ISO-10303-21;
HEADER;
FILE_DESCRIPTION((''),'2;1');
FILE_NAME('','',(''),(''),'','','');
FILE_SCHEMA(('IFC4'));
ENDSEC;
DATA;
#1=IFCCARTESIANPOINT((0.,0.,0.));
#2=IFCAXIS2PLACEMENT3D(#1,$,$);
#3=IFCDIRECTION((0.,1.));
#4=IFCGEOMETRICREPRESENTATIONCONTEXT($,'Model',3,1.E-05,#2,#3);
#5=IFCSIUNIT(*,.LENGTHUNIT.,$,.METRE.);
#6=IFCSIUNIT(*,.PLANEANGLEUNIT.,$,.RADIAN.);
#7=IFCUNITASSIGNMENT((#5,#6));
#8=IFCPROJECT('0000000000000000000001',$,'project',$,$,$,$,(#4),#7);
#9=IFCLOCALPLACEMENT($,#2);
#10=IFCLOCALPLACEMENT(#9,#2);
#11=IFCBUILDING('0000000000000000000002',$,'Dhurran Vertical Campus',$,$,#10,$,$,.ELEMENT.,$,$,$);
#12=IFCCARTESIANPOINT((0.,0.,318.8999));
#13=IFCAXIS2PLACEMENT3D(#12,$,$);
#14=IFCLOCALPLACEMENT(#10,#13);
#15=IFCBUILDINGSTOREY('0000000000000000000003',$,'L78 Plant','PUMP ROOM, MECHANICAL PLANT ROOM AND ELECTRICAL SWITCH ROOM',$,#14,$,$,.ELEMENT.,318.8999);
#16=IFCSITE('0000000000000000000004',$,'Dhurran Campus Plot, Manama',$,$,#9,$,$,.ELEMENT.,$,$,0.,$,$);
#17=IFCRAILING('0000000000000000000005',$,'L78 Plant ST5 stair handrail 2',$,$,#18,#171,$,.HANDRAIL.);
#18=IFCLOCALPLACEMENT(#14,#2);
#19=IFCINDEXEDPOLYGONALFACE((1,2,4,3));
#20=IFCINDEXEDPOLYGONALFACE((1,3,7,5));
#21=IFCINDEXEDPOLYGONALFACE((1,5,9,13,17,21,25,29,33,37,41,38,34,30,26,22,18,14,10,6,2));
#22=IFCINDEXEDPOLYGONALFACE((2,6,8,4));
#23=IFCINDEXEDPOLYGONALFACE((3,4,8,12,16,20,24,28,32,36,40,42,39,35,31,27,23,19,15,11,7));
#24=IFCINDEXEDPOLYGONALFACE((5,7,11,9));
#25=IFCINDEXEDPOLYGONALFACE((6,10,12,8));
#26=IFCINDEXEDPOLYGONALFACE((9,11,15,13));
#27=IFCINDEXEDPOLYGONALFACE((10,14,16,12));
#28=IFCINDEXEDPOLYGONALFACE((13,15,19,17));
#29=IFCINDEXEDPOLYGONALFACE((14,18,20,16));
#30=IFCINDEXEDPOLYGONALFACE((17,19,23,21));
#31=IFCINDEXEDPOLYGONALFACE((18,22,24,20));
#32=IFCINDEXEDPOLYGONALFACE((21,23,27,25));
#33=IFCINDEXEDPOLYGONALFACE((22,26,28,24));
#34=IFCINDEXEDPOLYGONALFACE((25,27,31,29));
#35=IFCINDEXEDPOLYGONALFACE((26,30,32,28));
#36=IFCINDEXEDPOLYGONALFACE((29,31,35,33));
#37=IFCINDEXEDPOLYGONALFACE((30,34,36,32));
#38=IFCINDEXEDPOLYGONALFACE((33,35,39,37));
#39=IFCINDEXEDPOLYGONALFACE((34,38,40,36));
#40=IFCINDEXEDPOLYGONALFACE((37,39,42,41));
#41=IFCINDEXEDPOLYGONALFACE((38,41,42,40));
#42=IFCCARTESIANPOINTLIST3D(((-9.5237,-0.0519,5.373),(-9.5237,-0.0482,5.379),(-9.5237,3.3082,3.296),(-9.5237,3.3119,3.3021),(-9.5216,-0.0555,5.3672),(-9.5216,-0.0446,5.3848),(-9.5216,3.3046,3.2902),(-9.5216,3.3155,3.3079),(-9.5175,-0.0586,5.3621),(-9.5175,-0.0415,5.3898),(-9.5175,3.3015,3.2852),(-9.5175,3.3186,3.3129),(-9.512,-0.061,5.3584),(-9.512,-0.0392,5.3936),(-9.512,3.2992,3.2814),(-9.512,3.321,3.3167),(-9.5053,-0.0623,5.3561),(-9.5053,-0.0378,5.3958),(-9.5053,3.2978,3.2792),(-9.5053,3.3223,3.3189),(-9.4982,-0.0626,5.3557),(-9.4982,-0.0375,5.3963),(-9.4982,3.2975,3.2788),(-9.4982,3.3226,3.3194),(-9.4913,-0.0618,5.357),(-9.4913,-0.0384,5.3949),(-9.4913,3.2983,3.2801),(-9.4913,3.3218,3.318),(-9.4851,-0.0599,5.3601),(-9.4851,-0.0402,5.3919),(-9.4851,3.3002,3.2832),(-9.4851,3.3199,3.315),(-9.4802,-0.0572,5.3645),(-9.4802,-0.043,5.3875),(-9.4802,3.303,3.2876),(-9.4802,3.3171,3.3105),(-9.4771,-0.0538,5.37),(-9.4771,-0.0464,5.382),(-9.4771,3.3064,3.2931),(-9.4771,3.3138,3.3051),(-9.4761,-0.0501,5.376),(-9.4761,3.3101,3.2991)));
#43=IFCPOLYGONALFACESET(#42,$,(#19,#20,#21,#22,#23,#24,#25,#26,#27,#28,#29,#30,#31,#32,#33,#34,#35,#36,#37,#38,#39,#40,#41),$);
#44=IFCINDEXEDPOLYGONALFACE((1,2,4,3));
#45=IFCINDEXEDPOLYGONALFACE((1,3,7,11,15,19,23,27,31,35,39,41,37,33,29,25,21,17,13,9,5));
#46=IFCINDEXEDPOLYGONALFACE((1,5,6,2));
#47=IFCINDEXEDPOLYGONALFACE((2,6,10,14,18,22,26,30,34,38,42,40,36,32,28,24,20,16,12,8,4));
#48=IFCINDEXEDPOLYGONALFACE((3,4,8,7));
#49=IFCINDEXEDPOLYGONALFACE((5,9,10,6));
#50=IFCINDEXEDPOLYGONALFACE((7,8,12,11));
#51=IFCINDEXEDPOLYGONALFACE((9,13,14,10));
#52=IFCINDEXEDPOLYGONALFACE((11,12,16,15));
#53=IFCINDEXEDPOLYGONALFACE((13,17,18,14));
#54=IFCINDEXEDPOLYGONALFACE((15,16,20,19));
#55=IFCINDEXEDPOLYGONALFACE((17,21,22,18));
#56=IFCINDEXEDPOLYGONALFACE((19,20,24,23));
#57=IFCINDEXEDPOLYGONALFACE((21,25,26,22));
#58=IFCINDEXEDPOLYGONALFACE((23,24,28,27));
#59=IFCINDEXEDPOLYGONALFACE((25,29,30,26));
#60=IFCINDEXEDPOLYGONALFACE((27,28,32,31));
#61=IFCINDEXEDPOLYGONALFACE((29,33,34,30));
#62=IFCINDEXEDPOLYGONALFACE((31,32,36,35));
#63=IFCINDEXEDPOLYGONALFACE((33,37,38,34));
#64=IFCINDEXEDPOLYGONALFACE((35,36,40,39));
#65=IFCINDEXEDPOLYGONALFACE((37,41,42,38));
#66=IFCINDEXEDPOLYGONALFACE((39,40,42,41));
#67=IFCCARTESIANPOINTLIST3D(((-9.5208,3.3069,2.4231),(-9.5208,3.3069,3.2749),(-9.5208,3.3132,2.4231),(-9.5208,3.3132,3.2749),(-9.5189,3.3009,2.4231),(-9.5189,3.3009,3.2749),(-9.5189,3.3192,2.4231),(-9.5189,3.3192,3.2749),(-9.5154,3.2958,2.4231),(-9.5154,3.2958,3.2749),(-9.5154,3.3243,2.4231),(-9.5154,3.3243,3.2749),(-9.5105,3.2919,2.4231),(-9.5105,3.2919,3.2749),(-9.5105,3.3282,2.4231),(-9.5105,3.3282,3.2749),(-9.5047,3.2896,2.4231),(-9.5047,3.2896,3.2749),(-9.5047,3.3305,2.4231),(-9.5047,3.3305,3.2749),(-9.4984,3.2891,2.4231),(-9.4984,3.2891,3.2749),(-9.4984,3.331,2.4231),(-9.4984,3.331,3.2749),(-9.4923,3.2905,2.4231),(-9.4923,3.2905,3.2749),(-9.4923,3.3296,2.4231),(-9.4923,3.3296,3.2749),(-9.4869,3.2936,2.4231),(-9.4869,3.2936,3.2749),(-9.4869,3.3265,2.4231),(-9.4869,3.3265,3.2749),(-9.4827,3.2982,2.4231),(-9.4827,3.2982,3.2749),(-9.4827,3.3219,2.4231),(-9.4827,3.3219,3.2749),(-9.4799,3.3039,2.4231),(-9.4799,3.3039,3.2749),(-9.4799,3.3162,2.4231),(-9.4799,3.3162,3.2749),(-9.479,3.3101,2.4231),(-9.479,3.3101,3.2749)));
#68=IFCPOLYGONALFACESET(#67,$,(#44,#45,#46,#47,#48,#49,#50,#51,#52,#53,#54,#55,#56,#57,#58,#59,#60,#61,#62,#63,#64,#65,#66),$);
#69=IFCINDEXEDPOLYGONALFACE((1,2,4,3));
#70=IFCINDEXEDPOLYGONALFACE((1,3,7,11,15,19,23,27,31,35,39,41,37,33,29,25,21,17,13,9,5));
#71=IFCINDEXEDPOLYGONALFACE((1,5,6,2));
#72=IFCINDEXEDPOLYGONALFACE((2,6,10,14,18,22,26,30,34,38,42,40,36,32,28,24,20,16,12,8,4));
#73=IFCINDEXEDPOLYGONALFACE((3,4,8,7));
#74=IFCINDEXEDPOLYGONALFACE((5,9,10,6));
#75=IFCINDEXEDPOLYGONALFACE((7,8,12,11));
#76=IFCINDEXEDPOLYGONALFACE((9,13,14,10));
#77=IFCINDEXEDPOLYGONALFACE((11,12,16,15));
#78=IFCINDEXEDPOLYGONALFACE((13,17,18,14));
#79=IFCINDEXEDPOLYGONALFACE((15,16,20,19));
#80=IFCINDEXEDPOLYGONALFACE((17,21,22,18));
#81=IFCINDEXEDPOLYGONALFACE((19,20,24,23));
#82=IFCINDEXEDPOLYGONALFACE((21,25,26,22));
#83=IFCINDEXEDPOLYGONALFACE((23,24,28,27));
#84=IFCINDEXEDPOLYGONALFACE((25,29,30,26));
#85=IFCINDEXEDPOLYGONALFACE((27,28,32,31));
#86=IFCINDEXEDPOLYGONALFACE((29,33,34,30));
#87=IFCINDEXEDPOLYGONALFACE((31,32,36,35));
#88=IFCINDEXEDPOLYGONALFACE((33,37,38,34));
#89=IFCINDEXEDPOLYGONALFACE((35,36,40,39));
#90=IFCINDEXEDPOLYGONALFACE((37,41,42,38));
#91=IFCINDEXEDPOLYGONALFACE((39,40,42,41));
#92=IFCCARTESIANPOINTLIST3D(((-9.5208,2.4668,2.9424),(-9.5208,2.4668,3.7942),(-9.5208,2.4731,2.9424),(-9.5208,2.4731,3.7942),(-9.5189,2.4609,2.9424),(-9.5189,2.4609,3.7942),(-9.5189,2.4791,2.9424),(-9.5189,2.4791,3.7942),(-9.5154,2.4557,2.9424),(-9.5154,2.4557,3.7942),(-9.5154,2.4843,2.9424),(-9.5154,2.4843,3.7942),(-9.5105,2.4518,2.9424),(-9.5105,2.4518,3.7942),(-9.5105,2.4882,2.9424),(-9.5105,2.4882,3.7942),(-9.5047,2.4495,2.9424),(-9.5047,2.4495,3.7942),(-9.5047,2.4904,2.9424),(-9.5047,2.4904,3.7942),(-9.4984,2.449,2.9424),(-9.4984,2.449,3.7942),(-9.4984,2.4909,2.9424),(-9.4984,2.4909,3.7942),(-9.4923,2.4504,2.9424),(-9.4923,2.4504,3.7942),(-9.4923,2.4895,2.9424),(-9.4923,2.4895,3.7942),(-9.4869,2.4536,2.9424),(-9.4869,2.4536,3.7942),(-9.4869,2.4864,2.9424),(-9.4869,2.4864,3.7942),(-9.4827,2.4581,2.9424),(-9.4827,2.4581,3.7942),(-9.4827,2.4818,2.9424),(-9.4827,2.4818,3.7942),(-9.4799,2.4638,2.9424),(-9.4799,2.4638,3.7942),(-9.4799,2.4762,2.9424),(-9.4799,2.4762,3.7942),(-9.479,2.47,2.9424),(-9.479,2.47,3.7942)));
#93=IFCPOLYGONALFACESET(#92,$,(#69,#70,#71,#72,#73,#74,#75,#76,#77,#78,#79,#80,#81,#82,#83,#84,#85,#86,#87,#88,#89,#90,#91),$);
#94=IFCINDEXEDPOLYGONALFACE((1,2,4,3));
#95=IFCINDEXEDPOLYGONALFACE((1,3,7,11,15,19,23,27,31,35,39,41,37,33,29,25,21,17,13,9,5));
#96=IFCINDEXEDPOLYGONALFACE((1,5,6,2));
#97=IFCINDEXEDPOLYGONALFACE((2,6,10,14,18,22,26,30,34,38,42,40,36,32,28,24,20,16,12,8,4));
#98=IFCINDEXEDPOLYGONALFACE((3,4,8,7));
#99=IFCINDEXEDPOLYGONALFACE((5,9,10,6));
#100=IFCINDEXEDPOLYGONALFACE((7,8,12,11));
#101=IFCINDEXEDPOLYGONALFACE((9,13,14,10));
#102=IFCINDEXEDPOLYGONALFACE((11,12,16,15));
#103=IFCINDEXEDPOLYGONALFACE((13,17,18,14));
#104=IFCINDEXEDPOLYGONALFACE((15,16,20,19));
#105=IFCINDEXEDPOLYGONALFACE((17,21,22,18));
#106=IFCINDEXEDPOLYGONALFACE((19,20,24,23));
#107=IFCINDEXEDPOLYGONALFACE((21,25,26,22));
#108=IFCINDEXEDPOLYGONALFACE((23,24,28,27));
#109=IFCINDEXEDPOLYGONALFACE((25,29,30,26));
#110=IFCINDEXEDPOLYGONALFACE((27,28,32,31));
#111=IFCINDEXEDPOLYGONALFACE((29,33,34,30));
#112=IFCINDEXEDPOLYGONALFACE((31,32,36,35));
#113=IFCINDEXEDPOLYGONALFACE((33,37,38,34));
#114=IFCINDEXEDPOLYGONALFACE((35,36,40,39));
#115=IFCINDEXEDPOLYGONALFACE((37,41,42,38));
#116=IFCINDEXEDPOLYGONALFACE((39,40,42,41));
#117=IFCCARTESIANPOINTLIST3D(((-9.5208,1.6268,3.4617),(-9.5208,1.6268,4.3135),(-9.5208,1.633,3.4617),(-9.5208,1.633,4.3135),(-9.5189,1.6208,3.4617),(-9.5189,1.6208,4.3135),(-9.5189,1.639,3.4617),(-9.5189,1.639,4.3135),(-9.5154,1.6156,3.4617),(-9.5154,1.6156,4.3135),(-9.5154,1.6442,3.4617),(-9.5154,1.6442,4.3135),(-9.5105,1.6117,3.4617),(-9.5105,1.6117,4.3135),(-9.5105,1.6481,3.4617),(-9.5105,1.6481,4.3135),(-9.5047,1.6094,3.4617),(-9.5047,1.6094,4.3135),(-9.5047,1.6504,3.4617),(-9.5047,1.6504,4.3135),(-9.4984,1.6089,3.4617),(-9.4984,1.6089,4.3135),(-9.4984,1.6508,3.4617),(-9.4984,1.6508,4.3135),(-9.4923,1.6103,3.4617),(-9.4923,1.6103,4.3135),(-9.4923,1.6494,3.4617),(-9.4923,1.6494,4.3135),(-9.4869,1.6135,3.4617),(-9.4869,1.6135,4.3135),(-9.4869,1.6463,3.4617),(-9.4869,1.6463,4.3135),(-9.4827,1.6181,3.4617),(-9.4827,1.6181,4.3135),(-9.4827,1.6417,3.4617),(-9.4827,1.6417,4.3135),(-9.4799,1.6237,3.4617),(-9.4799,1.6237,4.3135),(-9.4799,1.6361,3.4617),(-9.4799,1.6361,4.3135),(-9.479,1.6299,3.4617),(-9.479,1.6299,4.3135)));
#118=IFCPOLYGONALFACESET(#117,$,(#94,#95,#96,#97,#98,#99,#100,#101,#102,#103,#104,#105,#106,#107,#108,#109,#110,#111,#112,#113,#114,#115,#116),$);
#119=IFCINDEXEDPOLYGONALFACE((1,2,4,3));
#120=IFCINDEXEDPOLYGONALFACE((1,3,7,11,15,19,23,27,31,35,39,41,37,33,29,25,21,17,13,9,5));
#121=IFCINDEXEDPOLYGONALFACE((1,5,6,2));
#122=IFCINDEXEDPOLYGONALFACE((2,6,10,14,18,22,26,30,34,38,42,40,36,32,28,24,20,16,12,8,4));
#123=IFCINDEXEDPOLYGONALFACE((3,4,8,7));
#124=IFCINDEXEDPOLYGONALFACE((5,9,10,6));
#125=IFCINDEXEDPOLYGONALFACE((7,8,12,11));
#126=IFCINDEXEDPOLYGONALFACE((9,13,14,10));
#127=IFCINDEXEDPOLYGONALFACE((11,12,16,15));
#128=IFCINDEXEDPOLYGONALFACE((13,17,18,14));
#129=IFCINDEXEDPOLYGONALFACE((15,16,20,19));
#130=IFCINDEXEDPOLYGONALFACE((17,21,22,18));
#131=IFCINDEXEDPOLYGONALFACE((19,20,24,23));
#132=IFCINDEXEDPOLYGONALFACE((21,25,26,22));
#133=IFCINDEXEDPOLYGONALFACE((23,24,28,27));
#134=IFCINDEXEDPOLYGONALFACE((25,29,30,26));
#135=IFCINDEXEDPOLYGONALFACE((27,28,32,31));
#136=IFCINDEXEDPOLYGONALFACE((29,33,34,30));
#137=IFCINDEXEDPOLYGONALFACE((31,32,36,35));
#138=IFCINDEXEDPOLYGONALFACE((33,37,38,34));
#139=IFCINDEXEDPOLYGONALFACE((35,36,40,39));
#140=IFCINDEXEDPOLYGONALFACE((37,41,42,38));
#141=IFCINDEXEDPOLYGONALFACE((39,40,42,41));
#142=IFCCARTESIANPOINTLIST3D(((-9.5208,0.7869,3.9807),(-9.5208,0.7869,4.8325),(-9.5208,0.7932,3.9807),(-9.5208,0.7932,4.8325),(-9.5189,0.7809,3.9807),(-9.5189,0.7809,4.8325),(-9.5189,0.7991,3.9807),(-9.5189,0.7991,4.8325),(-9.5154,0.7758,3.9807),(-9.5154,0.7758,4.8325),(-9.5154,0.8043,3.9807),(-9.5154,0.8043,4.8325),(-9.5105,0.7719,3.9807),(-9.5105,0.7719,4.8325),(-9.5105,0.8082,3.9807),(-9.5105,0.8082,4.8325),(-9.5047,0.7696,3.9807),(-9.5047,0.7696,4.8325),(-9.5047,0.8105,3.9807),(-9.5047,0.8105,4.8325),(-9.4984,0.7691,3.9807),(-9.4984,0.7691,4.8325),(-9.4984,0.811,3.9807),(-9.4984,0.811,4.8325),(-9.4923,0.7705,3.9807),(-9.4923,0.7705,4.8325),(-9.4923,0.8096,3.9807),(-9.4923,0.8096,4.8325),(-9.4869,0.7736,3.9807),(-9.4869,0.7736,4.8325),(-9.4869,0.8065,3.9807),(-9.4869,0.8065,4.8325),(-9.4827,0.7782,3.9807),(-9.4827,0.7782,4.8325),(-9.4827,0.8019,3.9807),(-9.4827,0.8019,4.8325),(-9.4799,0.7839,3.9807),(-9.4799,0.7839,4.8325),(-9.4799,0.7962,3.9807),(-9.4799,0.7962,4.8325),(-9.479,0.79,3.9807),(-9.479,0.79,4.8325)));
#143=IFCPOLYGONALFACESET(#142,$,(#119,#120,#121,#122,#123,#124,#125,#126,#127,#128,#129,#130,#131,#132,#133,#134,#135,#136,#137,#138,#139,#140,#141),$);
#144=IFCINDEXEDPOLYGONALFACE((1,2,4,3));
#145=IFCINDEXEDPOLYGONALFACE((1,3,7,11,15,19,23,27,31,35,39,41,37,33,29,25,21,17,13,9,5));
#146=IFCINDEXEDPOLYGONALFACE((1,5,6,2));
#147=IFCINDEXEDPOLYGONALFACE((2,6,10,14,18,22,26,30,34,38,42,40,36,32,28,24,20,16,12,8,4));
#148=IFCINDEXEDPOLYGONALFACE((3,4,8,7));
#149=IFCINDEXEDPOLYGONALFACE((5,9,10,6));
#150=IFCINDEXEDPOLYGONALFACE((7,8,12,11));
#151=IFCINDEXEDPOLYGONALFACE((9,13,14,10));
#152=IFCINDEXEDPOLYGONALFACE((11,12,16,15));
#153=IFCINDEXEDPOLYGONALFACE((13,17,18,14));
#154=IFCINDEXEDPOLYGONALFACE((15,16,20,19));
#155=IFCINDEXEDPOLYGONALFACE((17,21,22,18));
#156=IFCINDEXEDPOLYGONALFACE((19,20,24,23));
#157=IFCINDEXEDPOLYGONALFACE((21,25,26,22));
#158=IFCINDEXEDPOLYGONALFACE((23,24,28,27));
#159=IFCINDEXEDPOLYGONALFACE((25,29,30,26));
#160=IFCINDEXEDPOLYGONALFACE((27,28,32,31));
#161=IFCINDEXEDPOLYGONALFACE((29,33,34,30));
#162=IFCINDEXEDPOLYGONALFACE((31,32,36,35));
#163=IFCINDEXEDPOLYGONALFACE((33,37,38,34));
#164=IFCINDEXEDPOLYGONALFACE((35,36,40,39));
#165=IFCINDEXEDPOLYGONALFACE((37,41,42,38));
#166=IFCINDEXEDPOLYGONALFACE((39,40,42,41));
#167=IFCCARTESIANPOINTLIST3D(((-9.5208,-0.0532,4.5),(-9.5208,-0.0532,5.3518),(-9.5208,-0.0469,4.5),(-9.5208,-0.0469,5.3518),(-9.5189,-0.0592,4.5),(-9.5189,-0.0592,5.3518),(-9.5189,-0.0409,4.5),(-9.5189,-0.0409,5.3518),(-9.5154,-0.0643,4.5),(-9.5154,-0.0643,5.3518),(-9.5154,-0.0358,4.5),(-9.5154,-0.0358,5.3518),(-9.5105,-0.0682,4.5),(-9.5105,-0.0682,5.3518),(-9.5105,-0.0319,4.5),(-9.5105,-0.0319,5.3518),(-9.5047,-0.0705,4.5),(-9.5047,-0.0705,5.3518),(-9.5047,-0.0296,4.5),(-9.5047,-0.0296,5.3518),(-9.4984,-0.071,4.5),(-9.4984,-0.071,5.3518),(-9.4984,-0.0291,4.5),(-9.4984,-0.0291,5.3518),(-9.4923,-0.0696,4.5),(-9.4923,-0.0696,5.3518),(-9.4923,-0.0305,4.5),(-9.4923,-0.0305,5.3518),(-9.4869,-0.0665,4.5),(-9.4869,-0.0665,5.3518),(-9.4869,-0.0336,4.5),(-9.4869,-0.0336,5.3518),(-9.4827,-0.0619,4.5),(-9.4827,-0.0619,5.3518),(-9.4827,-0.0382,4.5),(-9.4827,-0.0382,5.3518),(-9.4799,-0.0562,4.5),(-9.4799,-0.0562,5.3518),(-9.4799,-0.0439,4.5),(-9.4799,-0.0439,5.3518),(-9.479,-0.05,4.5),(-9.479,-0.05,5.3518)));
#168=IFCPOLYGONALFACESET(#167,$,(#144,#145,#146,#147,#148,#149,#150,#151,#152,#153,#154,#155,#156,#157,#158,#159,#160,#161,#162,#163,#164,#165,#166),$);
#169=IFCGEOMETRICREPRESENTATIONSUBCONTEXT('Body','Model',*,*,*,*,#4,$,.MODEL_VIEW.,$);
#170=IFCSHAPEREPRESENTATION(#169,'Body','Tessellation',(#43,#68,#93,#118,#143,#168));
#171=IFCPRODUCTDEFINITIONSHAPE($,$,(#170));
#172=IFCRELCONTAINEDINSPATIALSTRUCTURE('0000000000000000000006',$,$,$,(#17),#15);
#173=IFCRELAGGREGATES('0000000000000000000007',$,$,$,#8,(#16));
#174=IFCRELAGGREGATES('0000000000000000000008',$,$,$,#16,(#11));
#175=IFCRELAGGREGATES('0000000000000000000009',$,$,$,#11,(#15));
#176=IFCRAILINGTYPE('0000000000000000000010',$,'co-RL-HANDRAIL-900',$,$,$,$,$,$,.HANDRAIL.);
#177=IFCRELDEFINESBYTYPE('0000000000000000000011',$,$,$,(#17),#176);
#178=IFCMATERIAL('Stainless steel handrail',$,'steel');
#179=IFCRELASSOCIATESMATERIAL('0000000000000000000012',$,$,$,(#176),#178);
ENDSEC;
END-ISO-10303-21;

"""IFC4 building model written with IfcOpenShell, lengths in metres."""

from ifc_helpers import new_model, si_unit, direction, frame, origin, origin_2d, place, context, subcontext, project, spatial, circle, extrude, material, type_object, element, save


model = new_model("IFC4")

# Units and contexts
model_context = context("Model", 3, precision=1e-05, world=origin(), true_north=direction((0.0, 1.0)))
body_context = subcontext(model_context, "Body", "Model", "MODEL_VIEW")
ifc_project = project(units=[si_unit("LENGTHUNIT", "METRE"), si_unit("PLANEANGLEUNIT", "RADIAN")], contexts=[model_context])

# Site, building, storey
site_placement = place(None, origin())
site = spatial("IfcSite", under=ifc_project, at=site_placement, Name="Dhurran Campus Plot, Manama", CompositionType="ELEMENT", RefElevation=0.0)
building_placement = place(site_placement, origin())
building = spatial("IfcBuilding", under=site, at=building_placement, Name="Dhurran Vertical Campus", CompositionType="ELEMENT")
storey_placement = place(building_placement, frame((0.0, 0.0, 318.8999)))
storey = spatial("IfcBuildingStorey", under=building, at=storey_placement, Name="L78 Plant", Description="PUMP ROOM, MECHANICAL PLANT ROOM AND ELECTRICAL SWITCH ROOM", CompositionType="ELEMENT", Elevation=318.8999)

# Railing
ifc_material_1 = material(Name="Stainless steel handrail", Category="steel")
railing_type_1 = type_object("IfcRailingType", Name="co-RL-HANDRAIL-900", PredefinedType="HANDRAIL", material=ifc_material_1)
railing_1_placement = place(storey_placement, frame((-9.5, 3.3101, 2.4231)))
element("IfcRailing", 1, at=railing_1_placement, inside=storey, type_object=railing_type_1, Name="L78 Plant ST5 stair handrail 2", PredefinedType="HANDRAIL", context=body_context, shape_type="SweptSolid", body=[
    extrude(circle(Radius=0.0239, at=origin_2d()), frame((0.0, 0.0, 0.876), z_axis=(0.0, -0.850623, 0.525776), x_axis=(1.0, 0.0, 0.0)), (0.0, 0.0, 1.0), 3.9502),
    extrude(circle(Radius=0.021, at=origin_2d()), origin(), (0.0, 0.0, 1.0), 0.8518),
    extrude(circle(Radius=0.021, at=origin_2d()), frame((0.0, -0.8401, 0.5193)), (0.0, 0.0, 1.0), 0.8518),
    extrude(circle(Radius=0.021, at=origin_2d()), frame((0.0, -1.6802, 1.0386)), (0.0, 0.0, 1.0), 0.8518),
    extrude(circle(Radius=0.021, at=origin_2d()), frame((0.0, -2.52, 1.5576)), (0.0, 0.0, 1.0), 0.8518),
    extrude(circle(Radius=0.021, at=origin_2d()), frame((0.0, -3.3601, 2.0769)), (0.0, 0.0, 1.0), 0.8518),
])

save(model, "model.ifc")
